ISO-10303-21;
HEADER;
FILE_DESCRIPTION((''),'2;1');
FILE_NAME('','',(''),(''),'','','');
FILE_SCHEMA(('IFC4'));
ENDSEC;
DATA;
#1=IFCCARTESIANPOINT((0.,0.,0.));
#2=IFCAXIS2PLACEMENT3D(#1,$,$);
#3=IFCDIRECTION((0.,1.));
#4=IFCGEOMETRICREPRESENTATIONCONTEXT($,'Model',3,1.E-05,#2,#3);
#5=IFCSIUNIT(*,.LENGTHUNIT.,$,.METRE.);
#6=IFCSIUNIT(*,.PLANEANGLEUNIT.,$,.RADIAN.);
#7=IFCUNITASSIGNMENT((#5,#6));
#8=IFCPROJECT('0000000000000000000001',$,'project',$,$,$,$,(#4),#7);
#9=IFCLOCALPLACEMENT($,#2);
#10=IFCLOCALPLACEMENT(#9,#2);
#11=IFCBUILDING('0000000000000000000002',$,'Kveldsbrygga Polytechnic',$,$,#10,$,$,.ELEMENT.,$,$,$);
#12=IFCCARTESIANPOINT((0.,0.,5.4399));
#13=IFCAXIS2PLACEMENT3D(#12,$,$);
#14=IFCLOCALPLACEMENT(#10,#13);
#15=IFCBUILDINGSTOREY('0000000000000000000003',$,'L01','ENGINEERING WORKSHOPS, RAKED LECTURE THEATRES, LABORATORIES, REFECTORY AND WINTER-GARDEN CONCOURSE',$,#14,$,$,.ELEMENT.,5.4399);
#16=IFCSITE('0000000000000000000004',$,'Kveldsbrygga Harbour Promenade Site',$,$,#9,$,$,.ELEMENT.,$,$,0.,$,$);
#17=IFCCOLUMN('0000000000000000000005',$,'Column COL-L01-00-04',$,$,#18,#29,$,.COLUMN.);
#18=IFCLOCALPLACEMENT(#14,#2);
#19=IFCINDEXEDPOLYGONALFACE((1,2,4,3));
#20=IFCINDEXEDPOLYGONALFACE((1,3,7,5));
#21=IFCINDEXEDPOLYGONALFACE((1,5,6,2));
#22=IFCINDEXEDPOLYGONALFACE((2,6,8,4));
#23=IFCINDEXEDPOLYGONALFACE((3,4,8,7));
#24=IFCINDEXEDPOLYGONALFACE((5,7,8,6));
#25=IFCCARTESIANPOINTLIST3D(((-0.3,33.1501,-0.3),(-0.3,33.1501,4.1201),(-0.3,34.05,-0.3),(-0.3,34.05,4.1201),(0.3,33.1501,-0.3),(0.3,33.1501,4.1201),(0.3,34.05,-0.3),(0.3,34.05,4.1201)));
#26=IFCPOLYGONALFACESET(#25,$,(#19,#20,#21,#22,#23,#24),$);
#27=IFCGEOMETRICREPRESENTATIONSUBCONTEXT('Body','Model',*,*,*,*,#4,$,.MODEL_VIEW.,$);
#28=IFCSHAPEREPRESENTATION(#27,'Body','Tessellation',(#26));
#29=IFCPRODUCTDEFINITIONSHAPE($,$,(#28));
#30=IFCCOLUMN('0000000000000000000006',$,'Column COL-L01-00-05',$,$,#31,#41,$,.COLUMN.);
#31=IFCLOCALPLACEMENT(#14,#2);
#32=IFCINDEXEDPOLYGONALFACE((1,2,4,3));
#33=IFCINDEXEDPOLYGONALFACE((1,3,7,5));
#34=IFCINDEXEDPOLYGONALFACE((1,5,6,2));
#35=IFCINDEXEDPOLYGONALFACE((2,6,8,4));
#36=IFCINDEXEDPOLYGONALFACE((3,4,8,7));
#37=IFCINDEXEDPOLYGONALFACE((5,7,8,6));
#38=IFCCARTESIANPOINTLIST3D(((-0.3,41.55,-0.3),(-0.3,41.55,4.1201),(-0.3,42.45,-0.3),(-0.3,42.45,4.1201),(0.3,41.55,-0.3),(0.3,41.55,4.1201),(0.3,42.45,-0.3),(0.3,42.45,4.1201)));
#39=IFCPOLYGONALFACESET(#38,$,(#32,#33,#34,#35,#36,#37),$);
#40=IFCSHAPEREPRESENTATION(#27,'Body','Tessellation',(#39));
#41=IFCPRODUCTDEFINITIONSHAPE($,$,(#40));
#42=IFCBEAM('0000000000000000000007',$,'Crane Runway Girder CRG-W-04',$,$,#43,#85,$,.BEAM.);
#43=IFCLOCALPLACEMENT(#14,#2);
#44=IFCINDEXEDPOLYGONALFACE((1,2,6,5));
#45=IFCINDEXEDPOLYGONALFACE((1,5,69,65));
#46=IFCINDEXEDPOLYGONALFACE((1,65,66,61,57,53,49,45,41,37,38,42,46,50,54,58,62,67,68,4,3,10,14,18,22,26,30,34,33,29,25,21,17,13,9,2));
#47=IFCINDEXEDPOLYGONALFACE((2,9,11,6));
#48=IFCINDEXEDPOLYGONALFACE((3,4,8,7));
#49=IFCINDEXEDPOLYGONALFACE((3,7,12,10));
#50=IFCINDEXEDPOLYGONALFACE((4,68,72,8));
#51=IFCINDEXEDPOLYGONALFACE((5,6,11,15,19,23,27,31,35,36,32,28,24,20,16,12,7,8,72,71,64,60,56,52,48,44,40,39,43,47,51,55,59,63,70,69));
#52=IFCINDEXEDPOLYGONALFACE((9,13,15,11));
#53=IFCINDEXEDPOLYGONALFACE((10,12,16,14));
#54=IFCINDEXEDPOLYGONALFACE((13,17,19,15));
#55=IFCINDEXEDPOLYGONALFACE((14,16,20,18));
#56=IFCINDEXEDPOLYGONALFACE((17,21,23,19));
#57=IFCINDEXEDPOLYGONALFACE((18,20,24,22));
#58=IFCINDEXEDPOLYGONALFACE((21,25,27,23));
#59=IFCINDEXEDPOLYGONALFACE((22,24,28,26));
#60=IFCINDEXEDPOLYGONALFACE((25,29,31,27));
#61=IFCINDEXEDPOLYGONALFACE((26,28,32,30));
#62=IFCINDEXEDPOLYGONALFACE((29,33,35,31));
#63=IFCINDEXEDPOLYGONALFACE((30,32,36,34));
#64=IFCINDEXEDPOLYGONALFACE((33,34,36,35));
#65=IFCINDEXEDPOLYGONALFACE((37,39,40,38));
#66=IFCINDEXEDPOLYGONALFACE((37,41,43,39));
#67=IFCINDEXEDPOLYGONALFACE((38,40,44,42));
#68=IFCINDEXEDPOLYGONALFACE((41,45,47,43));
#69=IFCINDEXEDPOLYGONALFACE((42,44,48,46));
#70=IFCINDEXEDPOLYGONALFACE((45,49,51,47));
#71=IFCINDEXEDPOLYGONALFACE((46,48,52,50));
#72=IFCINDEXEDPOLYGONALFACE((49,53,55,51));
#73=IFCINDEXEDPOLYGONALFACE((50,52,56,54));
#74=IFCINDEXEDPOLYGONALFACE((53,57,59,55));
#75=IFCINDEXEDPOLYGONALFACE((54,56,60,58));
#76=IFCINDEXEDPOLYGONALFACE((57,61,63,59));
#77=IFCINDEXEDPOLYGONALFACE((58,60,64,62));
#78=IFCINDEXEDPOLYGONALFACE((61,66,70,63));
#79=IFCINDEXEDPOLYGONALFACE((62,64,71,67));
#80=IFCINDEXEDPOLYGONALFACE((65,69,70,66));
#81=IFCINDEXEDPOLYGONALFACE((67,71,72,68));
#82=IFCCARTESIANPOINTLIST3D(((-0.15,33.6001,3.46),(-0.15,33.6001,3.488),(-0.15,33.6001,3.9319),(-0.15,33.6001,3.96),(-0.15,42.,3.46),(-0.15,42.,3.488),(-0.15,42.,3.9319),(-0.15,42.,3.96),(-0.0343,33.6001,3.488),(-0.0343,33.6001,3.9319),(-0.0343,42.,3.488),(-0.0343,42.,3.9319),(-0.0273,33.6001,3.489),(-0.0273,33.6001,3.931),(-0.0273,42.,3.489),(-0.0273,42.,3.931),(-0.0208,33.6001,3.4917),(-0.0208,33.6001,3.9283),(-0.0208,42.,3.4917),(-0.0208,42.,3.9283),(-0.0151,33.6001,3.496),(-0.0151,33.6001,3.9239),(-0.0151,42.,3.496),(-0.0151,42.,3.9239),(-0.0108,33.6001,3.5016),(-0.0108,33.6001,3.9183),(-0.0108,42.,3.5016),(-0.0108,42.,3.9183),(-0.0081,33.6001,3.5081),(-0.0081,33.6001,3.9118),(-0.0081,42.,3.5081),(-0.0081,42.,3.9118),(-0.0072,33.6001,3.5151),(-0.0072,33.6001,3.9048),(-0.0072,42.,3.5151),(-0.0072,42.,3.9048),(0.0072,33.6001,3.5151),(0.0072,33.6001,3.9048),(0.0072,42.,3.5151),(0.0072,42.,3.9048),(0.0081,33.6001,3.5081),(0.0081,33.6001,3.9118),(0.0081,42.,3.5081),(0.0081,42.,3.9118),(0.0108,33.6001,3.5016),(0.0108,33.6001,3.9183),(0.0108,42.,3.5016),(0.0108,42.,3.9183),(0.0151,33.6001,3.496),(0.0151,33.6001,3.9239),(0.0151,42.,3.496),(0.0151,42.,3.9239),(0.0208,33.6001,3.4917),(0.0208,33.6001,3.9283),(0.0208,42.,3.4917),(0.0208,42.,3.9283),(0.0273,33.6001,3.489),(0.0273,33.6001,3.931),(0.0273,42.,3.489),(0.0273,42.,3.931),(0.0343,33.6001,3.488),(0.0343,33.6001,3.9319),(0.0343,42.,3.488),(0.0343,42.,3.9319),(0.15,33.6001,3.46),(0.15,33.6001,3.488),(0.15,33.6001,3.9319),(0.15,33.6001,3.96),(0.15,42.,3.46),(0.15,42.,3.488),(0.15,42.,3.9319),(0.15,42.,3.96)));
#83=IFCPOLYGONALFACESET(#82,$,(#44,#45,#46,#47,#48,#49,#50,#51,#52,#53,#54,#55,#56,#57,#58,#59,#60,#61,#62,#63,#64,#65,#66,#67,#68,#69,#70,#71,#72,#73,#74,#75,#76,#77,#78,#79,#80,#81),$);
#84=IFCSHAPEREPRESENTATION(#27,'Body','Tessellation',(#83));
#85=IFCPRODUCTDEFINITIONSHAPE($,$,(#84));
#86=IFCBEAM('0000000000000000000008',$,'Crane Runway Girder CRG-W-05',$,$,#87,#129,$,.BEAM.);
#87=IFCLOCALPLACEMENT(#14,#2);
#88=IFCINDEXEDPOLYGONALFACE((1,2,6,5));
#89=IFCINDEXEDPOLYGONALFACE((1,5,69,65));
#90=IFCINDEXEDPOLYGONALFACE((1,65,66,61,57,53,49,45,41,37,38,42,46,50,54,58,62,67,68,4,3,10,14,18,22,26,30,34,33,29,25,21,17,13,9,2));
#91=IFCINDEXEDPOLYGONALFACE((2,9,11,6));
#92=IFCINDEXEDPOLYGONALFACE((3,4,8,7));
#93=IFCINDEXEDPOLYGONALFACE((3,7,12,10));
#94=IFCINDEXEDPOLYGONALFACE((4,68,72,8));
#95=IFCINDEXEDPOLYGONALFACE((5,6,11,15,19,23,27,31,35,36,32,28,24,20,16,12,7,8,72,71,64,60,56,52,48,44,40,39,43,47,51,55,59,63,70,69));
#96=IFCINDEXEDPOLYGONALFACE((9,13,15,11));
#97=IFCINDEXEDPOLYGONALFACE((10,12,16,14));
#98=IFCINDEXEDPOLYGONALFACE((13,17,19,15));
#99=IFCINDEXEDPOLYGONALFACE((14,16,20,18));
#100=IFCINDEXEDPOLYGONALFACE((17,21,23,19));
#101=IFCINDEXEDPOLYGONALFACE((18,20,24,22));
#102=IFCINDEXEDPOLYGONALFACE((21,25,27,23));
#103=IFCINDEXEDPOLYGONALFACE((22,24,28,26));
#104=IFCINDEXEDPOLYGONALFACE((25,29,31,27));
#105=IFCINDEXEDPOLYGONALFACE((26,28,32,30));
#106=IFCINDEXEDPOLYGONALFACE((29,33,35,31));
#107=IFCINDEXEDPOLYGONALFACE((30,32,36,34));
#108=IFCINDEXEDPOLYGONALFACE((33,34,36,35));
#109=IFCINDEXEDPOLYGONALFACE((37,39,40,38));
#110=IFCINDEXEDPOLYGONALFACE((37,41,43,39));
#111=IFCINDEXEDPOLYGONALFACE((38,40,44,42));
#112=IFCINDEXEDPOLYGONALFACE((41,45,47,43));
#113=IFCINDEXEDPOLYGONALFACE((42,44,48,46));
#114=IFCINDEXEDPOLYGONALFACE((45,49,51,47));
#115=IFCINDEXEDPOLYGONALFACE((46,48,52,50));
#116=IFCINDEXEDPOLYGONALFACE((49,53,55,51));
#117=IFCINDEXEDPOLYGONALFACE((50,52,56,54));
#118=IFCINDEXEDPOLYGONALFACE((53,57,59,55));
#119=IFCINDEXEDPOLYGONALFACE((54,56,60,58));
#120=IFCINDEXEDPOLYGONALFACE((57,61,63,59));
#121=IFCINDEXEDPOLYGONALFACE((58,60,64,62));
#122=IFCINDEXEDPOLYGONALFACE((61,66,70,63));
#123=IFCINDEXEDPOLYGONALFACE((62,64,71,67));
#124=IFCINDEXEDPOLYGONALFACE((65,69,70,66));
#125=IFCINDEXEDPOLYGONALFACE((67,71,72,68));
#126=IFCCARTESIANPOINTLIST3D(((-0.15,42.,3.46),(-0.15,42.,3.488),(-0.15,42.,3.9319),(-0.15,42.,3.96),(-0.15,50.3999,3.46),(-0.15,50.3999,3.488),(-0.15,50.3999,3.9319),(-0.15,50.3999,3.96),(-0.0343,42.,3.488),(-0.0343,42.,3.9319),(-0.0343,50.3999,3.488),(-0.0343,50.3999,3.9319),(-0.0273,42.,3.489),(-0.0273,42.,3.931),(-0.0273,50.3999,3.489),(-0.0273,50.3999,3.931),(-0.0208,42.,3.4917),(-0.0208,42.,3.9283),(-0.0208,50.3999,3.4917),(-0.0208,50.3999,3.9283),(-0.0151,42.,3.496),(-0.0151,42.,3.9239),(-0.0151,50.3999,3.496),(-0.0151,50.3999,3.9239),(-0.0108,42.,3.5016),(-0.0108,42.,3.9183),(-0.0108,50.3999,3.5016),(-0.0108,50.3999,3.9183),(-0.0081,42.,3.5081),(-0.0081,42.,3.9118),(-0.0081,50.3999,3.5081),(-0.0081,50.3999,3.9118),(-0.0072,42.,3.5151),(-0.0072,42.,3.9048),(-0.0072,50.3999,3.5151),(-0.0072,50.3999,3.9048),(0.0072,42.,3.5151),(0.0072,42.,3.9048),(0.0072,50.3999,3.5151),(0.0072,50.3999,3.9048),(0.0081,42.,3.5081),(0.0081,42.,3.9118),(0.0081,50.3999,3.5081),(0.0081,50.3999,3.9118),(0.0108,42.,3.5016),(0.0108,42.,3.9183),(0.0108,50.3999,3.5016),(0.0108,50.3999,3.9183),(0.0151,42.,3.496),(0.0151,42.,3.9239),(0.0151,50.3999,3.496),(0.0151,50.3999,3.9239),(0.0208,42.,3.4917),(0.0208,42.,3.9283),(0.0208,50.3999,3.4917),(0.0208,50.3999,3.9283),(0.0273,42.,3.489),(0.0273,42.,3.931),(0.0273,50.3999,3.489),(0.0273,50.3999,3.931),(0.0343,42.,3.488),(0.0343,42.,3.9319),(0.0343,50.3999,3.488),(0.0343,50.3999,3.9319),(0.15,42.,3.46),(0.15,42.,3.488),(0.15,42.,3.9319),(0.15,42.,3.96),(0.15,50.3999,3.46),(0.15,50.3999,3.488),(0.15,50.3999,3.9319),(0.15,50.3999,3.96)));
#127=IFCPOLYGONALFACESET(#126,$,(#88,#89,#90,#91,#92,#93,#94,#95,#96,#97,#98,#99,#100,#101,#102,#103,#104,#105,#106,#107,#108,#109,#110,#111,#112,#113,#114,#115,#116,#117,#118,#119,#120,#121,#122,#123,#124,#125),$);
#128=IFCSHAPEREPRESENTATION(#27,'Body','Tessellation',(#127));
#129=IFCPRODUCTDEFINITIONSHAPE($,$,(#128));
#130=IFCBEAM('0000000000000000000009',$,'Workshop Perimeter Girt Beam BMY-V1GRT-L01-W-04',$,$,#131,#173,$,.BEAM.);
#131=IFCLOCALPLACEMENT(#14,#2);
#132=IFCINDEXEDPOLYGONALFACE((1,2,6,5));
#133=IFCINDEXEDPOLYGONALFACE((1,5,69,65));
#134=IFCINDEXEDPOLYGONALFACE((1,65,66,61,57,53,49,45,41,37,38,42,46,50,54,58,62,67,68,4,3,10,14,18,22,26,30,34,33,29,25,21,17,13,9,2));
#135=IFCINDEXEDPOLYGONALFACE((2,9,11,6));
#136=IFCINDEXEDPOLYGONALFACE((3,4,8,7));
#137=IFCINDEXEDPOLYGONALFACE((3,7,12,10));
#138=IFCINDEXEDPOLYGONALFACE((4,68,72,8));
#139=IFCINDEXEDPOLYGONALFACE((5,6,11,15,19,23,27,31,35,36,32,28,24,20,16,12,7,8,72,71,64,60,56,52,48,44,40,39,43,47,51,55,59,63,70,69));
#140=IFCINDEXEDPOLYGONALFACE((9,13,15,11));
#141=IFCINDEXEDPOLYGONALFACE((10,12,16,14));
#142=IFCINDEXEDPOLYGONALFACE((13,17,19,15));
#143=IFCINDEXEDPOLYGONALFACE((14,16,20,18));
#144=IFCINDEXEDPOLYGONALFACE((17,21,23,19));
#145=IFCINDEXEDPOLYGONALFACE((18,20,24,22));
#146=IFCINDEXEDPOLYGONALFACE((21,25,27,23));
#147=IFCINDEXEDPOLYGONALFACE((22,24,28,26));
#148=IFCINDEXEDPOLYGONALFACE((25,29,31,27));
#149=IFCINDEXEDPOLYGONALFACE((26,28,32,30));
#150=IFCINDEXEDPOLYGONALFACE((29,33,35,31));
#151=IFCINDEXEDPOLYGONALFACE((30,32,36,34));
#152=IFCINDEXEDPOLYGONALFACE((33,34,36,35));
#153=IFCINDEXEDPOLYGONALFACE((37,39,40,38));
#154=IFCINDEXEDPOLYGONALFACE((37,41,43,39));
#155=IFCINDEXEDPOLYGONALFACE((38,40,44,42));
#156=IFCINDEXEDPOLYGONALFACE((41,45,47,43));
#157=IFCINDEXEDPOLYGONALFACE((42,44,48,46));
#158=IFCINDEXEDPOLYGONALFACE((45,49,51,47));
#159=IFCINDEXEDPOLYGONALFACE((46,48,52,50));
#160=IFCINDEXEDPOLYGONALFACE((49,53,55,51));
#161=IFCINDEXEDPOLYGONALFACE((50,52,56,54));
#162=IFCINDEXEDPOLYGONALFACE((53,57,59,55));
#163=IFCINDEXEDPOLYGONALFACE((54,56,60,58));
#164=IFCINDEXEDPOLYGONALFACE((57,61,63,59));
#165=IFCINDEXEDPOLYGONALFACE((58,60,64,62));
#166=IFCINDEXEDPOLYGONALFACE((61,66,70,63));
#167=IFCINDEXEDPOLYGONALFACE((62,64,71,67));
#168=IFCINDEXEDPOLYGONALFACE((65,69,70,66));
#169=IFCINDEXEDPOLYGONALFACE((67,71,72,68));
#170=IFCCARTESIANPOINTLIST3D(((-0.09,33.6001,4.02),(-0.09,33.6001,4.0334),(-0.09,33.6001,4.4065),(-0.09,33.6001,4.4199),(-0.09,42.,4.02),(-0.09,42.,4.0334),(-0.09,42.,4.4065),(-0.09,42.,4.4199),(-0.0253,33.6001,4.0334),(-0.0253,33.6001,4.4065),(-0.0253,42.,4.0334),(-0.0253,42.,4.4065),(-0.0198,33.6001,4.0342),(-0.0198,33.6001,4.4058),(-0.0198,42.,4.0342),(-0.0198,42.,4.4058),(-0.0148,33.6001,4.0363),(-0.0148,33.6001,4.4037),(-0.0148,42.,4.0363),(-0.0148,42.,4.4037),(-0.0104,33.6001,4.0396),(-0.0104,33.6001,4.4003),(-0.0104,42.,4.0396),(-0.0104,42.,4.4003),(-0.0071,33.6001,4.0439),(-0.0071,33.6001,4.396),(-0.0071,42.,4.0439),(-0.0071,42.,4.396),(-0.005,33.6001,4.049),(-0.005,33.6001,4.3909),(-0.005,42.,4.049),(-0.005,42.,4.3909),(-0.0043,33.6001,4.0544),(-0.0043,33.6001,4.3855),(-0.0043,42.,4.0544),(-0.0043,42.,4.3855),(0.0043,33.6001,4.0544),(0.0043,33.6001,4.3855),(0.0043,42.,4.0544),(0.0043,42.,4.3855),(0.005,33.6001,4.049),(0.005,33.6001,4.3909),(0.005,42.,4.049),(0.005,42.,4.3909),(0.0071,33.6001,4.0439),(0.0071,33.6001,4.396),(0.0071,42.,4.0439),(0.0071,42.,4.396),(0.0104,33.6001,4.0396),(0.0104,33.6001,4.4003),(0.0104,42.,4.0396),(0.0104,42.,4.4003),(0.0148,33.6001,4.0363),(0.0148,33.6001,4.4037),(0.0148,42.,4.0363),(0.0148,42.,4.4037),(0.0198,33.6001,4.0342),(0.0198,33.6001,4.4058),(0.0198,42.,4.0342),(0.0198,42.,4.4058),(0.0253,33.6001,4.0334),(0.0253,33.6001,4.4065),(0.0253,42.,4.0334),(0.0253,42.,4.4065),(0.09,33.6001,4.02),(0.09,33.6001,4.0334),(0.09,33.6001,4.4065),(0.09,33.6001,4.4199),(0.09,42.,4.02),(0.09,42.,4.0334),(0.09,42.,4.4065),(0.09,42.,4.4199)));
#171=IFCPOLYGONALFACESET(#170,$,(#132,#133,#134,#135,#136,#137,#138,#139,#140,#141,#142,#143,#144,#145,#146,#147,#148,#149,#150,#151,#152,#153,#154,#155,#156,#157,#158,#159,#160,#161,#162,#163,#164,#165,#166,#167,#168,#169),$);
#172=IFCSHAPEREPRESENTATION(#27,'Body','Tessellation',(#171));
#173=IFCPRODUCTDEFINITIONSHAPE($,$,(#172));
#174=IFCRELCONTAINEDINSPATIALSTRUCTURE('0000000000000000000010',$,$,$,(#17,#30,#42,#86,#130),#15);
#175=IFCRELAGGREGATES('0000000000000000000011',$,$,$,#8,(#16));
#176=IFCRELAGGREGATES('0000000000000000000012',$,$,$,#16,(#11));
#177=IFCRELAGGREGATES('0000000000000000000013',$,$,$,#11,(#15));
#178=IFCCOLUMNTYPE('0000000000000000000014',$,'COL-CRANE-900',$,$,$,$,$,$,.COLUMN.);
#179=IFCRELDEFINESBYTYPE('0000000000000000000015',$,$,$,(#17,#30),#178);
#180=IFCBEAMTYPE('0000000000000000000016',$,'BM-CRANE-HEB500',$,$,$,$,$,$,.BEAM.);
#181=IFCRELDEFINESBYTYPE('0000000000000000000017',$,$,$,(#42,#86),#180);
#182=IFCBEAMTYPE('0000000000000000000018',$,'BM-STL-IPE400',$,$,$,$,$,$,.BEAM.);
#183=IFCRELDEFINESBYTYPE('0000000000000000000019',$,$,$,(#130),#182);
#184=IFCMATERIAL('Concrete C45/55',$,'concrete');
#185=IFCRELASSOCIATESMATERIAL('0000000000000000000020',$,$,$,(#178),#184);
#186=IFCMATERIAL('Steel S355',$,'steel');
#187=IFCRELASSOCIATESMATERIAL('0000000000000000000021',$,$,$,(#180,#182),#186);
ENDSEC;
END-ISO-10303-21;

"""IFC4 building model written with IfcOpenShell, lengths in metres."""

from ifc_helpers import new_model, si_unit, direction, frame, origin, origin_2d, place, context, subcontext, project, spatial, rectangle, i_section, extrude, material, material_profile, profile_set, type_object, element, save


model = new_model("IFC4")

# Units and contexts
model_context = context("Model", 3, precision=1e-05, world=origin(), true_north=direction((0.0, 1.0)))
body_context = subcontext(model_context, "Body", "Model", "MODEL_VIEW")
ifc_project = project(units=[si_unit("LENGTHUNIT", "METRE"), si_unit("PLANEANGLEUNIT", "RADIAN")], contexts=[model_context])

# Site, building, storey
site_placement = place(None, origin())
site = spatial("IfcSite", under=ifc_project, at=site_placement, Name="Kveldsbrygga Harbour Promenade Site", CompositionType="ELEMENT", RefElevation=0.0)
building_placement = place(site_placement, origin())
building = spatial("IfcBuilding", under=site, at=building_placement, Name="Kveldsbrygga Polytechnic", CompositionType="ELEMENT")
storey_placement = place(building_placement, frame((0.0, 0.0, 5.4399)))
storey = spatial("IfcBuildingStorey", under=building, at=storey_placement, Name="L01", Description="ENGINEERING WORKSHOPS, RAKED LECTURE THEATRES, LABORATORIES, REFECTORY AND WINTER-GARDEN CONCOURSE", CompositionType="ELEMENT", Elevation=5.4399)

# Columns
ifc_material_1 = material(Name="Concrete C45/55", Category="concrete")
ifc_material_profile_1 = material_profile(ifc_material_1, rectangle(XDim=0.6001, YDim=0.8999, at=origin_2d()), Name="RC 600x900")
ifc_profile_set_1 = profile_set([ifc_material_profile_1], Name="Concrete C45/55")
column_type = type_object("IfcColumnType", Name="COL-CRANE-900", PredefinedType="COLUMN", material=ifc_profile_set_1)
for number, where, z_axis, x_axis, name in (
    (1, (0.0, 33.6001, -0.3), (0.0, 0.0, 1.0), (1.0, 0.0, 0.0), "Column COL-L01-00-04"),
    (2, (0.0, 42.0, -0.3), (0.0, 0.0, 1.0), (1.0, 0.0, 0.0), "Column COL-L01-00-05"),
):
    element("IfcColumn", number, at=place(storey_placement, frame(where, z_axis=z_axis, x_axis=x_axis)), inside=storey, type_object=column_type, Name=name, PredefinedType="COLUMN", context=body_context, shape_type="SweptSolid", body=[
        extrude(rectangle(XDim=0.6001, YDim=0.8999, at=origin_2d()), origin(), (0.0, 0.0, 1.0), 4.4202),
    ])

# Beams
ifc_material_2 = material(Name="Steel S355", Category="steel")
ifc_material_profile_2 = material_profile(ifc_material_2, i_section(OverallWidth=0.3, OverallDepth=0.5, WebThickness=0.0144, FlangeThickness=0.0281, FilletRadius=0.0271, at=origin_2d()), Name="HEB 500")
ifc_profile_set_2 = profile_set([ifc_material_profile_2], Name="Steel S355")
beam_type_1 = type_object("IfcBeamType", Name="BM-CRANE-HEB500", PredefinedType="BEAM", material=ifc_profile_set_2)
for number, where, z_axis, x_axis, name in (
    (3, (0.0, 33.6001, 3.71), (0.0, 1.0, 0.0), (-1.0, 0.0, 0.0), "Crane Runway Girder CRG-W-04"),
    (4, (0.0, 42.0, 3.71), (0.0, 1.0, 0.0), (-1.0, 0.0, 0.0), "Crane Runway Girder CRG-W-05"),
):
    element("IfcBeam", number, at=place(storey_placement, frame(where, z_axis=z_axis, x_axis=x_axis)), inside=storey, type_object=beam_type_1, Name=name, PredefinedType="BEAM", context=body_context, shape_type="SweptSolid", body=[
        extrude(i_section(OverallWidth=0.3, OverallDepth=0.5, WebThickness=0.0144, FlangeThickness=0.0281, FilletRadius=0.0271, at=origin_2d()), origin(), (0.0, 0.0, 1.0), 8.3999),
    ])
ifc_material_profile_3 = material_profile(ifc_material_2, i_section(OverallWidth=0.1799, OverallDepth=0.3999, WebThickness=0.0085, FlangeThickness=0.0134, FilletRadius=0.021, at=origin_2d()), Name="IPE 400")
ifc_profile_set_3 = profile_set([ifc_material_profile_3], Name="Steel S355")
beam_type_2 = type_object("IfcBeamType", Name="BM-STL-IPE400", PredefinedType="BEAM", material=ifc_profile_set_3)
for number, where, z_axis, x_axis, name in (
    (5, (0.0, 33.6001, 4.22), (0.0, 1.0, 0.0), (-1.0, 0.0, 0.0), "Workshop Perimeter Girt Beam BMY-V1GRT-L01-W-04"),
):
    element("IfcBeam", number, at=place(storey_placement, frame(where, z_axis=z_axis, x_axis=x_axis)), inside=storey, type_object=beam_type_2, Name=name, PredefinedType="BEAM", context=body_context, shape_type="SweptSolid", body=[
        extrude(i_section(OverallWidth=0.1799, OverallDepth=0.3999, WebThickness=0.0085, FlangeThickness=0.0134, FilletRadius=0.021, at=origin_2d()), origin(), (0.0, 0.0, 1.0), 8.3999),
    ])

save(model, "model.ifc")
